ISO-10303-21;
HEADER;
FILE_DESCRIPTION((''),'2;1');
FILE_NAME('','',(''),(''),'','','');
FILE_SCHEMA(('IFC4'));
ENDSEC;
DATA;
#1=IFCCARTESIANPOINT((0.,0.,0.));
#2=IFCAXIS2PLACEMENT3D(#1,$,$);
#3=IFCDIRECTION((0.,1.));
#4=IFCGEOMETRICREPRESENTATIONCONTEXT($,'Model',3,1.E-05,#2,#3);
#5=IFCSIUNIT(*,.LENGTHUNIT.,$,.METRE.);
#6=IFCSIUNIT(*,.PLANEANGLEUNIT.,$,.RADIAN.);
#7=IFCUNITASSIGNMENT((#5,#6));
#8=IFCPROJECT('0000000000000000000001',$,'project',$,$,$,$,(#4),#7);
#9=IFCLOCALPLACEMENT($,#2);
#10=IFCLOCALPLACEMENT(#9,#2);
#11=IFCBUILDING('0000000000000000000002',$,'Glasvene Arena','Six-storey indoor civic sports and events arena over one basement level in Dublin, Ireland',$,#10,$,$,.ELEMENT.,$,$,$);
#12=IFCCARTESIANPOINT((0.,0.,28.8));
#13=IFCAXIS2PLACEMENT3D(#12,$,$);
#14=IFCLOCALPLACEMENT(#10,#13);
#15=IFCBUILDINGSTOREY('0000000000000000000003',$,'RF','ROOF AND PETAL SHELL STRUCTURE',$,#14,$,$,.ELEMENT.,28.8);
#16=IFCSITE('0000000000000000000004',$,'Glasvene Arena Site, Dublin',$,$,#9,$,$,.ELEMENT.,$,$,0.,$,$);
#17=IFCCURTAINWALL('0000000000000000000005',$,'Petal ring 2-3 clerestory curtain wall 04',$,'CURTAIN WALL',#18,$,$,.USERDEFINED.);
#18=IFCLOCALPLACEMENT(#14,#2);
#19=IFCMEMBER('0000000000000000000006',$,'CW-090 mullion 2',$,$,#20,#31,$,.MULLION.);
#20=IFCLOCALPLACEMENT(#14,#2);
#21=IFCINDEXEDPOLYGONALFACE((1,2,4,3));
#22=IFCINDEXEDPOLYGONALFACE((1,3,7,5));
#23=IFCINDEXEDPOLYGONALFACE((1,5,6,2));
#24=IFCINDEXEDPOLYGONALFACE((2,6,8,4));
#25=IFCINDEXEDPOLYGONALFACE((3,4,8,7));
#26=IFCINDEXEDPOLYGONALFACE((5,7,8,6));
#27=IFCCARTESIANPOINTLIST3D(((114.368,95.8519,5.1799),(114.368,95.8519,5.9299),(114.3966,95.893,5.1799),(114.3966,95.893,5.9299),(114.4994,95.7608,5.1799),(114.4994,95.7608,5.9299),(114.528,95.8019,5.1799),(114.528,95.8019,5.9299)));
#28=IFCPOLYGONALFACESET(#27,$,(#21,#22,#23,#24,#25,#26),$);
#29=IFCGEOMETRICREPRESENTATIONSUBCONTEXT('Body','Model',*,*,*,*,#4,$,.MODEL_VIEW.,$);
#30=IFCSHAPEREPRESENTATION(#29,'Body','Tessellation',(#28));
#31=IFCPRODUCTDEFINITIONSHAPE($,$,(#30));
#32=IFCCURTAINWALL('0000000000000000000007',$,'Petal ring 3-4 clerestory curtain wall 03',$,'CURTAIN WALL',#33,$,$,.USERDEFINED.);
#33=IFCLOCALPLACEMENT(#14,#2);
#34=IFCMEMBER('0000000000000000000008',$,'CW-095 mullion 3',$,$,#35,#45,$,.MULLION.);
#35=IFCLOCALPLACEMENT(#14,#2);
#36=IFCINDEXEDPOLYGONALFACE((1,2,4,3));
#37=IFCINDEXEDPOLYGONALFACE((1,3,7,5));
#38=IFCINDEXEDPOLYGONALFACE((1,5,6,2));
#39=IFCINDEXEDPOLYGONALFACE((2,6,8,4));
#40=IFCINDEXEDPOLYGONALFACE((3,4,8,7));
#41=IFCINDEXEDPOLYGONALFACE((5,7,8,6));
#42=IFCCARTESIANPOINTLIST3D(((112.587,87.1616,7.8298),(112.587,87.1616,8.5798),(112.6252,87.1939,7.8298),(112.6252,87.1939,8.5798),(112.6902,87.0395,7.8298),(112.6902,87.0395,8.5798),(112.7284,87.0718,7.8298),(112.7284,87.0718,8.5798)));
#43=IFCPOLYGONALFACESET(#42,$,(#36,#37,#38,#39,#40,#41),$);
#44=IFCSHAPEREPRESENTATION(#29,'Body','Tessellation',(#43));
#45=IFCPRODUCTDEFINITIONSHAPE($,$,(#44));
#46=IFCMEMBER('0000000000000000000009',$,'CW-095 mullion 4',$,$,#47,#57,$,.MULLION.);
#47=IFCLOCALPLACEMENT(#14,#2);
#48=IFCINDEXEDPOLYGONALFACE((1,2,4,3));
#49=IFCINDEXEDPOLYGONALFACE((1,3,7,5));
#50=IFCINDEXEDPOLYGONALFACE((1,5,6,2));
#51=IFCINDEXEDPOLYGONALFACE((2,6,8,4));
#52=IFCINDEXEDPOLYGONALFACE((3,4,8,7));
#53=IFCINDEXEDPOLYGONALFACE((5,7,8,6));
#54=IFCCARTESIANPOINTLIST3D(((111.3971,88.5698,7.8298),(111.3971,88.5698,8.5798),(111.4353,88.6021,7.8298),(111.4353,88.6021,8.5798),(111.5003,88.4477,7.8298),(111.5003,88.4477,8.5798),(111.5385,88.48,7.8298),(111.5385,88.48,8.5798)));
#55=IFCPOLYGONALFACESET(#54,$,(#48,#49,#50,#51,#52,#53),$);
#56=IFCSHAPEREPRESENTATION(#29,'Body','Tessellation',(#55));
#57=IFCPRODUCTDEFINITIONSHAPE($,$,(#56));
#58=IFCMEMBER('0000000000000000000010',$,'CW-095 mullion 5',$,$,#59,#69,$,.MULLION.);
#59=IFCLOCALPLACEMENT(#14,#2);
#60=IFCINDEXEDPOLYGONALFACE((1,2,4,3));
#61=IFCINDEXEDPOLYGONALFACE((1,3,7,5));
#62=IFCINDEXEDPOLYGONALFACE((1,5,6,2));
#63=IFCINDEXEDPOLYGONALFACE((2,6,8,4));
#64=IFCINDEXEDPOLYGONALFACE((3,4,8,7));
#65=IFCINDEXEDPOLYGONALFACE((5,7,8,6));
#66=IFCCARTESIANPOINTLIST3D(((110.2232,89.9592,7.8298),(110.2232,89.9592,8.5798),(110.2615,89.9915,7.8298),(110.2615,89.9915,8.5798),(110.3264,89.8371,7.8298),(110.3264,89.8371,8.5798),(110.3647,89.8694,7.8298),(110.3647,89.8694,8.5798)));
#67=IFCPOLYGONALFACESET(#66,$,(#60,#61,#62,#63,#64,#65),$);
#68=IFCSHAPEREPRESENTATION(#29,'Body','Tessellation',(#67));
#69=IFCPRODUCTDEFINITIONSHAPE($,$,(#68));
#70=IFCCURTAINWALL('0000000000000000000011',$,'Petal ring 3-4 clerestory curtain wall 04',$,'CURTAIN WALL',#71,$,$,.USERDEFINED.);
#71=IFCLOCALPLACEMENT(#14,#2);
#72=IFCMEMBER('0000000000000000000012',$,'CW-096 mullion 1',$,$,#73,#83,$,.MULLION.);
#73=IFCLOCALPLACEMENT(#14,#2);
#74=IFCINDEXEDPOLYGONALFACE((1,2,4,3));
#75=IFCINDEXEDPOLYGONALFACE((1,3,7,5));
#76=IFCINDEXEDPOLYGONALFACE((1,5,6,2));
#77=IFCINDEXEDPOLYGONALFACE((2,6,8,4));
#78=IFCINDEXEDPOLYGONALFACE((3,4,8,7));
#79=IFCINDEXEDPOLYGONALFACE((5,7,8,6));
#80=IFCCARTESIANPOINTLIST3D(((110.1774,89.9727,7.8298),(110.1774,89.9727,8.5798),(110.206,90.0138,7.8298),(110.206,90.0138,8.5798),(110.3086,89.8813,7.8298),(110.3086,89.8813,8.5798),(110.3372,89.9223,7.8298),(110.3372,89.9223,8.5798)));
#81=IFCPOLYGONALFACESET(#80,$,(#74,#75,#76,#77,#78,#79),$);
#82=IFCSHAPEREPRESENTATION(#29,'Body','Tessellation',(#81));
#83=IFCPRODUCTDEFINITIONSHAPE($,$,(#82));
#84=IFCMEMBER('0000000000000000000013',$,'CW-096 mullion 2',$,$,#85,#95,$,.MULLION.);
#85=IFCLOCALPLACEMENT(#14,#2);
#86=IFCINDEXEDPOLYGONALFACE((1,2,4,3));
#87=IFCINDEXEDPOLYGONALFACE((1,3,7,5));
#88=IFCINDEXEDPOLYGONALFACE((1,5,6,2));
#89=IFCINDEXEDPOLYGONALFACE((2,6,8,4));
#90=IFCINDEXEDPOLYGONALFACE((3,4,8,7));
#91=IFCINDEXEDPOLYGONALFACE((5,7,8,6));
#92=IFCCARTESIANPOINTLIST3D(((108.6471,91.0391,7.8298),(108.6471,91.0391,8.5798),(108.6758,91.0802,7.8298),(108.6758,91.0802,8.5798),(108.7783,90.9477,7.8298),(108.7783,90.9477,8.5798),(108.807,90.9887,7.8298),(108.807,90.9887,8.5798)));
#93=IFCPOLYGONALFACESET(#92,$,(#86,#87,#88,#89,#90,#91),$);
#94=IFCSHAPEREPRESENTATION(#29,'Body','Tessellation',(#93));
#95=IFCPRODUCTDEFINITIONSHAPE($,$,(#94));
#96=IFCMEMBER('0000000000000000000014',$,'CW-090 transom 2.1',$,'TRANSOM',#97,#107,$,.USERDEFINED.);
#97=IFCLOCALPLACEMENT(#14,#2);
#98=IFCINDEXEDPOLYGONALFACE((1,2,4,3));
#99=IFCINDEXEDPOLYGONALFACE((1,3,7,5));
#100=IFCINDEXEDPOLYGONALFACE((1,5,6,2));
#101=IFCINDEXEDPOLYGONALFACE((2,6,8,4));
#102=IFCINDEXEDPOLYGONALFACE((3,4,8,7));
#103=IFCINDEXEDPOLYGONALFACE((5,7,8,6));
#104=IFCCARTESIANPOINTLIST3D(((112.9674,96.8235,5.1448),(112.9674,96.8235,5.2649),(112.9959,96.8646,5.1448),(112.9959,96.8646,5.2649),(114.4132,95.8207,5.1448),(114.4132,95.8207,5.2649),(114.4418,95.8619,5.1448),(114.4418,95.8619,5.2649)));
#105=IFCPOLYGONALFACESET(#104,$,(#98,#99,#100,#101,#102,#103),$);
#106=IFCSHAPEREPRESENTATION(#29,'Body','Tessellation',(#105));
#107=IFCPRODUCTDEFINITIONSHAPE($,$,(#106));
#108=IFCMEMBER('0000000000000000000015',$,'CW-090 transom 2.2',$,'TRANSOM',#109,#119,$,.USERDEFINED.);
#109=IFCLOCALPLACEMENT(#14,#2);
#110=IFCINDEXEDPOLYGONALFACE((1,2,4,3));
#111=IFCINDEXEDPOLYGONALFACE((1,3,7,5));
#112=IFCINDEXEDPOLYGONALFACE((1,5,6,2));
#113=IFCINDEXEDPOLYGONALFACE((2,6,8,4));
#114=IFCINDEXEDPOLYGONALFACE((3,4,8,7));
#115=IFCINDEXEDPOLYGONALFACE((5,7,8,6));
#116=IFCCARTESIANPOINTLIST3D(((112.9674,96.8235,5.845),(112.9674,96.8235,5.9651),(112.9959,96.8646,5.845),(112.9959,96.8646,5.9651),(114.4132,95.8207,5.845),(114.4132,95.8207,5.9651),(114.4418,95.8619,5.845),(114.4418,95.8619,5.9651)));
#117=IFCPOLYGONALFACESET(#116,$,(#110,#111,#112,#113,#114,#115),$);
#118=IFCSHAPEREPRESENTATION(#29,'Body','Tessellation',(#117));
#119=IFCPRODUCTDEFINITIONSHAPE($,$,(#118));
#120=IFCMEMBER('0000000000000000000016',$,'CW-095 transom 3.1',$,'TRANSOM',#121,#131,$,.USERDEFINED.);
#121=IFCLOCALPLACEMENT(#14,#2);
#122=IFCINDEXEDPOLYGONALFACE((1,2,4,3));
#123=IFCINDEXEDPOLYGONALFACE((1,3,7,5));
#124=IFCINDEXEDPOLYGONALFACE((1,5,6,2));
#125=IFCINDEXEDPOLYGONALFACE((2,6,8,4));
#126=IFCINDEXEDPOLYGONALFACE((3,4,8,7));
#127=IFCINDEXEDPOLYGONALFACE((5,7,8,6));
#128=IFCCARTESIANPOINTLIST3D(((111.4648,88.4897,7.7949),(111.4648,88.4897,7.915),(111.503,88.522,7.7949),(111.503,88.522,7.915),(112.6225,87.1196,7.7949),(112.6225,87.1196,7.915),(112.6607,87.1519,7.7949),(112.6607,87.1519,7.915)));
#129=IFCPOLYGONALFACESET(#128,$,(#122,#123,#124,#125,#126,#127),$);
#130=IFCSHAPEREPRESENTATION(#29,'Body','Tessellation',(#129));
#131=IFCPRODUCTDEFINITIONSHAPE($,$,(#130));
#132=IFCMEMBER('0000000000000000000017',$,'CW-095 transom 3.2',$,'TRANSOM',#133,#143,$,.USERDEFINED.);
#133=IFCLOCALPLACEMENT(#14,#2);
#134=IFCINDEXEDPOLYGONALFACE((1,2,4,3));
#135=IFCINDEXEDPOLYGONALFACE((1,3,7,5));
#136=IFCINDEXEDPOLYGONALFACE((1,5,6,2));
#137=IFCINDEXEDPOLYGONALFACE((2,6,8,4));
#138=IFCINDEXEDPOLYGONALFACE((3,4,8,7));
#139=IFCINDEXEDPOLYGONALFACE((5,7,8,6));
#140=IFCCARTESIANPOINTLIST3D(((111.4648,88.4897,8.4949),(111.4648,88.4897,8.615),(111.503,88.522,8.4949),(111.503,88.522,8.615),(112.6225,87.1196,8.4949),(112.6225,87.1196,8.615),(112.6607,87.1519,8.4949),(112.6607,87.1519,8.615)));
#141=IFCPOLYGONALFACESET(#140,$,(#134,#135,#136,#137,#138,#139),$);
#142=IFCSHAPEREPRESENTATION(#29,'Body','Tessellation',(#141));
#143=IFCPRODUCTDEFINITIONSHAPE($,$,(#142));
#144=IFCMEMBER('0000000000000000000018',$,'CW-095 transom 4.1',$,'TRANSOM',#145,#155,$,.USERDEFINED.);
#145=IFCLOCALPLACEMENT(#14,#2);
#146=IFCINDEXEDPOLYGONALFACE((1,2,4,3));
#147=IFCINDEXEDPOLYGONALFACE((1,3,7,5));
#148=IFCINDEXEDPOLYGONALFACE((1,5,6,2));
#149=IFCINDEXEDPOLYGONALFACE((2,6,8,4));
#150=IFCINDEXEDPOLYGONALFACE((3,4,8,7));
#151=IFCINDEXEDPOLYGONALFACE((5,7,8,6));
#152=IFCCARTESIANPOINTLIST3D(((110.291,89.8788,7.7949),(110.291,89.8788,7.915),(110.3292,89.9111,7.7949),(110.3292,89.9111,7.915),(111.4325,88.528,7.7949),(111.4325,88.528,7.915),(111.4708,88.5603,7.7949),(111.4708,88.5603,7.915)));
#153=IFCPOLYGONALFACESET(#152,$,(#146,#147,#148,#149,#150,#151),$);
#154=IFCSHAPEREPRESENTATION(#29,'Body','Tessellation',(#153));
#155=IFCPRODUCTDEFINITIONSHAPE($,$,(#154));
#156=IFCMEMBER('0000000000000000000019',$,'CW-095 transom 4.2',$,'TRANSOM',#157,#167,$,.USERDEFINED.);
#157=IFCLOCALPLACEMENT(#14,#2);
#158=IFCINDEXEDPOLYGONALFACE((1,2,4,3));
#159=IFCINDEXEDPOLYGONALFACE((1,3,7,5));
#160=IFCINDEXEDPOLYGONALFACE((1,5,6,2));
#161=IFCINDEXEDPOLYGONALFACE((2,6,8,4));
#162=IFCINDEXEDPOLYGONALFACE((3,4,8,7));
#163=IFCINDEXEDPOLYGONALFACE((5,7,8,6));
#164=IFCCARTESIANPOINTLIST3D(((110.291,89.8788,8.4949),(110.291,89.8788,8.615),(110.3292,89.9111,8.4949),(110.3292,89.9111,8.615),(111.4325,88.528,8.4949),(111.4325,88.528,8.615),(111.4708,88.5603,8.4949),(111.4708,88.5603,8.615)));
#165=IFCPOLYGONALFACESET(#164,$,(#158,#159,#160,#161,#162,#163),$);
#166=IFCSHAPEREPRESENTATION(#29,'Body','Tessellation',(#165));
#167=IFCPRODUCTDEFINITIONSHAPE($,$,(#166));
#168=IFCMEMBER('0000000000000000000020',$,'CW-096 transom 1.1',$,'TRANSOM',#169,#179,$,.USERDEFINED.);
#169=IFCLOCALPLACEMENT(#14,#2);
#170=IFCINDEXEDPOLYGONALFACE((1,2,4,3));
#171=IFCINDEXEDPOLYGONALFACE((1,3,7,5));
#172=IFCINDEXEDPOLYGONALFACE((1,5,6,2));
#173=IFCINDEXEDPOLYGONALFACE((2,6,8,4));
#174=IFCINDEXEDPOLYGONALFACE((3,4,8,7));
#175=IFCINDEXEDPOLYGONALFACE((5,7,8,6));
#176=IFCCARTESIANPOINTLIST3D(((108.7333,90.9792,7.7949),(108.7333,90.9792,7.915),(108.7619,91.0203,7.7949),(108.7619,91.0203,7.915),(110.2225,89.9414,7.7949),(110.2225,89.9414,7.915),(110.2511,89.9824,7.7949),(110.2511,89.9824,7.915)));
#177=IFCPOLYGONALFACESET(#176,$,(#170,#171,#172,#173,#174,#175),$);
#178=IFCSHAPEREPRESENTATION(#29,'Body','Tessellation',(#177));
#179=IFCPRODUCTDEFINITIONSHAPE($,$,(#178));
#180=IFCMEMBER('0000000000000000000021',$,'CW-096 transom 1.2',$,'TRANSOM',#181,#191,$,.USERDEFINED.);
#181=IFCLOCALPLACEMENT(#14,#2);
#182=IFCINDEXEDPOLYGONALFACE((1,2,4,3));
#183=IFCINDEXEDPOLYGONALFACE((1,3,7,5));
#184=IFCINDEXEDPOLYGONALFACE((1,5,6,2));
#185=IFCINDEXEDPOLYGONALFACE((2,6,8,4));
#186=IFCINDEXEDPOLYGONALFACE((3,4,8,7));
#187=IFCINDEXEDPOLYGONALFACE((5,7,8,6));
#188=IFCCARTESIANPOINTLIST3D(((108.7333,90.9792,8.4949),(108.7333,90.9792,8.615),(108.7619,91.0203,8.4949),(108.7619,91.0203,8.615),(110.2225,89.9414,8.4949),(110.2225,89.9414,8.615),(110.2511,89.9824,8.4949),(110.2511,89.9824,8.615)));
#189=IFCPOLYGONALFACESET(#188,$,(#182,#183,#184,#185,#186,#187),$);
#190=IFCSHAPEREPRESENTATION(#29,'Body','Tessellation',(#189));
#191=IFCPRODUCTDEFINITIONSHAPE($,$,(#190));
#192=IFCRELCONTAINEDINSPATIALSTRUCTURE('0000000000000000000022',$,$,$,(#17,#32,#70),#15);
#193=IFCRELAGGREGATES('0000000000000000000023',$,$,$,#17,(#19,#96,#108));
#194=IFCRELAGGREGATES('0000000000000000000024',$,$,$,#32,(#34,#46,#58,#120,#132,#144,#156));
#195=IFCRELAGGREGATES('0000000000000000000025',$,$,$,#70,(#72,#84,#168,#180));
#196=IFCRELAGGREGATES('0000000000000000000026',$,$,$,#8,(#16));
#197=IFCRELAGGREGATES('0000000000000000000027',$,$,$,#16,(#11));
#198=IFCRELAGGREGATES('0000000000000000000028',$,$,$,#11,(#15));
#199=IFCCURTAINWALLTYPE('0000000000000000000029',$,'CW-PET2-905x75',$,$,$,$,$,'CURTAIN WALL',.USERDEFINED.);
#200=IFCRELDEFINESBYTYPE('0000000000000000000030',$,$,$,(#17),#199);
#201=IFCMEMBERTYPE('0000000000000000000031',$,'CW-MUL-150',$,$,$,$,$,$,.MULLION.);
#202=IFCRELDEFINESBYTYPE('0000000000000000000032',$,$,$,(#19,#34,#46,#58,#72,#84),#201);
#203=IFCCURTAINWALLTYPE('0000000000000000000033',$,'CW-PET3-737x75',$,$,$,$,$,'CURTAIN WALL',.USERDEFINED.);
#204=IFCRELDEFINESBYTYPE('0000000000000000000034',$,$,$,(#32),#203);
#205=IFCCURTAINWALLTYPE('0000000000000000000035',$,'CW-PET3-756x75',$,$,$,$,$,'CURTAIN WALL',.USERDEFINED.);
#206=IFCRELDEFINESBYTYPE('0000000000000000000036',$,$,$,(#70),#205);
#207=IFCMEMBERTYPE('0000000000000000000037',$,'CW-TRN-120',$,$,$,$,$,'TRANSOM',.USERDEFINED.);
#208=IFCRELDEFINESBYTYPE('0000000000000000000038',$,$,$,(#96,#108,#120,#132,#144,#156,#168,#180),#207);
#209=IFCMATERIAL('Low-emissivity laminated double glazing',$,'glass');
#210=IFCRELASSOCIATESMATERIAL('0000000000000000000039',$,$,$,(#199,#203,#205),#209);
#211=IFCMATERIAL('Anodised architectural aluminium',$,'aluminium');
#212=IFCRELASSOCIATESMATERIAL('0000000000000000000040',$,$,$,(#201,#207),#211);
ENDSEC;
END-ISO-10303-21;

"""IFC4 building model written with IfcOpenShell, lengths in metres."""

from ifc_helpers import new_model, si_unit, direction, frame, origin, origin_2d, place, context, subcontext, project, spatial, rectangle, extrude, material, material_profile, profile_set, type_object, element, aggregate, save


model = new_model("IFC4")

# Units and contexts
model_context = context("Model", 3, precision=1e-05, world=origin(), true_north=direction((0.0, 1.0)))
body_context = subcontext(model_context, "Body", "Model", "MODEL_VIEW")
ifc_project = project(units=[si_unit("LENGTHUNIT", "METRE"), si_unit("PLANEANGLEUNIT", "RADIAN")], contexts=[model_context])

# Site, building, storey
site_placement = place(None, origin())
site = spatial("IfcSite", under=ifc_project, at=site_placement, Name="Glasvene Arena Site, Dublin", CompositionType="ELEMENT", RefElevation=0.0)
building_placement = place(site_placement, origin())
building = spatial("IfcBuilding", under=site, at=building_placement, Name="Glasvene Arena", Description="Six-storey indoor civic sports and events arena over one basement level in Dublin, Ireland", CompositionType="ELEMENT")
storey_placement = place(building_placement, frame((0.0, 0.0, 28.8)))
storey = spatial("IfcBuildingStorey", under=building, at=storey_placement, Name="RF", Description="ROOF AND PETAL SHELL STRUCTURE", CompositionType="ELEMENT", Elevation=28.8)

# Curtain wall, member
ifc_material_1 = material(Name="Low-emissivity laminated double glazing", Category="glass")
curtain_wall_type_1 = type_object("IfcCurtainWallType", Name="CW-PET2-905x75", ElementType="CURTAIN WALL", PredefinedType="USERDEFINED", material=ifc_material_1)
curtain_wall_1_placement = place(storey_placement, frame((115.9351, 94.7957, 0.0)))
curtain_wall_1 = element("IfcCurtainWall", 1, at=curtain_wall_1_placement, inside=storey, type_object=curtain_wall_type_1, Name="Petal ring 2-3 clerestory curtain wall 04", ObjectType="CURTAIN WALL", PredefinedType="USERDEFINED")
ifc_material_2 = material(Name="Anodised architectural aluminium", Category="aluminium")
ifc_material_profile_1 = material_profile(ifc_material_2, rectangle(XDim=0.05, YDim=0.1599, at=origin_2d()), Name="ALU MULLION 50x160")
ifc_profile_set_1 = profile_set([ifc_material_profile_1], Name="Anodised architectural aluminium")
member_type_1 = type_object("IfcMemberType", Name="CW-MUL-150", PredefinedType="MULLION", material=ifc_profile_set_1)
member_1_placement = place(storey_placement, frame((114.448, 95.8269, 5.1799), z_axis=(0.0, 0.0, 1.0), x_axis=(-0.569921, -0.821699, 0.0)))
member_1 = element("IfcMember", 2, at=member_1_placement, type_object=member_type_1, Name="CW-090 mullion 2", PredefinedType="MULLION", context=body_context, shape_type="SweptSolid", body=[
    extrude(rectangle(XDim=0.05, YDim=0.1599, at=origin_2d()), origin(), (0.0, 0.0, 1.0), 0.75),
])

# Curtain walls, members
curtain_wall_type_2 = type_object("IfcCurtainWallType", Name="CW-PET3-737x75", ElementType="CURTAIN WALL", PredefinedType="USERDEFINED", material=ifc_material_1)
curtain_wall_2_placement = place(storey_placement, frame((115.0376, 84.3, 0.0)))
curtain_wall_2 = element("IfcCurtainWall", 3, at=curtain_wall_2_placement, inside=storey, type_object=curtain_wall_type_2, Name="Petal ring 3-4 clerestory curtain wall 03", ObjectType="CURTAIN WALL", PredefinedType="USERDEFINED")
member_2_placement = place(storey_placement, frame((112.6577, 87.1167, 7.8298), z_axis=(0.0, 0.0, 1.0), x_axis=(-0.76385, -0.645394, 0.0)))
member_2 = element("IfcMember", 4, at=member_2_placement, type_object=member_type_1, Name="CW-095 mullion 3", PredefinedType="MULLION", context=body_context, shape_type="SweptSolid", body=[
    extrude(rectangle(XDim=0.05, YDim=0.1599, at=origin_2d()), origin(), (0.0, 0.0, 1.0), 0.75),
])
member_3_placement = place(storey_placement, frame((111.4678, 88.5249, 7.8298), z_axis=(0.0, 0.0, 1.0), x_axis=(-0.76385, -0.645394, 0.0)))
member_3 = element("IfcMember", 5, at=member_3_placement, type_object=member_type_1, Name="CW-095 mullion 4", PredefinedType="MULLION", context=body_context, shape_type="SweptSolid", body=[
    extrude(rectangle(XDim=0.05, YDim=0.1599, at=origin_2d()), origin(), (0.0, 0.0, 1.0), 0.75),
])
member_4_placement = place(storey_placement, frame((110.2939, 89.9143, 7.8298), z_axis=(0.0, 0.0, 1.0), x_axis=(-0.76385, -0.645394, 0.0)))
member_4 = element("IfcMember", 6, at=member_4_placement, type_object=member_type_1, Name="CW-095 mullion 5", PredefinedType="MULLION", context=body_context, shape_type="SweptSolid", body=[
    extrude(rectangle(XDim=0.05, YDim=0.1599, at=origin_2d()), origin(), (0.0, 0.0, 1.0), 0.75),
])
curtain_wall_type_3 = type_object("IfcCurtainWallType", Name="CW-PET3-756x75", ElementType="CURTAIN WALL", PredefinedType="USERDEFINED", material=ifc_material_1)
curtain_wall_3_placement = place(storey_placement, frame((110.2778, 89.9333, 0.0)))
curtain_wall_3 = element("IfcCurtainWall", 7, at=curtain_wall_3_placement, inside=storey, type_object=curtain_wall_type_3, Name="Petal ring 3-4 clerestory curtain wall 04", ObjectType="CURTAIN WALL", PredefinedType="USERDEFINED")
member_5_placement = place(storey_placement, frame((110.2573, 89.9475, 7.8298), z_axis=(0.0, 0.0, 1.0), x_axis=(-0.571742, -0.820433, 0.0)))
member_5 = element("IfcMember", 8, at=member_5_placement, type_object=member_type_1, Name="CW-096 mullion 1", PredefinedType="MULLION", context=body_context, shape_type="SweptSolid", body=[
    extrude(rectangle(XDim=0.05, YDim=0.1599, at=origin_2d()), origin(), (0.0, 0.0, 1.0), 0.75),
])
member_6_placement = place(storey_placement, frame((108.7271, 91.0139, 7.8298), z_axis=(0.0, 0.0, 1.0), x_axis=(-0.571742, -0.820433, 0.0)))
member_6 = element("IfcMember", 9, at=member_6_placement, type_object=member_type_1, Name="CW-096 mullion 2", PredefinedType="MULLION", context=body_context, shape_type="SweptSolid", body=[
    extrude(rectangle(XDim=0.05, YDim=0.1599, at=origin_2d()), origin(), (0.0, 0.0, 1.0), 0.75),
])

# Members
ifc_material_profile_2 = material_profile(ifc_material_2, rectangle(XDim=0.05, YDim=0.1201, at=origin_2d()), Name="ALU TRANSOM 50x120")
ifc_profile_set_2 = profile_set([ifc_material_profile_2], Name="Anodised architectural aluminium")
member_type_2 = type_object("IfcMemberType", Name="CW-TRN-120", ElementType="TRANSOM", PredefinedType="USERDEFINED", material=ifc_profile_set_2)
member_7_placement = place(storey_placement, frame((114.4275, 95.8413, 5.2048), z_axis=(-0.821727, 0.569881, 0.0), x_axis=(-0.569881, -0.821727, 0.0)))
member_7 = element("IfcMember", 10, at=member_7_placement, type_object=member_type_2, Name="CW-090 transom 2.1", ObjectType="TRANSOM", PredefinedType="USERDEFINED", context=body_context, shape_type="SweptSolid", body=[
    extrude(rectangle(XDim=0.05, YDim=0.1201, at=origin_2d()), origin(), (0.0, 0.0, 1.0), 1.7595),
])
member_8_placement = place(storey_placement, frame((114.4275, 95.8413, 5.905), z_axis=(-0.821727, 0.569881, 0.0), x_axis=(-0.569881, -0.821727, 0.0)))
member_8 = element("IfcMember", 11, at=member_8_placement, type_object=member_type_2, Name="CW-090 transom 2.2", ObjectType="TRANSOM", PredefinedType="USERDEFINED", context=body_context, shape_type="SweptSolid", body=[
    extrude(rectangle(XDim=0.05, YDim=0.1201, at=origin_2d()), origin(), (0.0, 0.0, 1.0), 1.7595),
])
member_9_placement = place(storey_placement, frame((112.6416, 87.1357, 7.855), z_axis=(-0.645417, 0.76383, 0.0), x_axis=(-0.76383, -0.645417, 0.0)))
member_9 = element("IfcMember", 12, at=member_9_placement, type_object=member_type_2, Name="CW-095 transom 3.1", ObjectType="TRANSOM", PredefinedType="USERDEFINED", context=body_context, shape_type="SweptSolid", body=[
    extrude(rectangle(XDim=0.05, YDim=0.1201, at=origin_2d()), origin(), (0.0, 0.0, 1.0), 1.7937),
])
member_10_placement = place(storey_placement, frame((112.6416, 87.1357, 8.5549), z_axis=(-0.645417, 0.76383, 0.0), x_axis=(-0.76383, -0.645417, 0.0)))
member_10 = element("IfcMember", 13, at=member_10_placement, type_object=member_type_2, Name="CW-095 transom 3.2", ObjectType="TRANSOM", PredefinedType="USERDEFINED", context=body_context, shape_type="SweptSolid", body=[
    extrude(rectangle(XDim=0.05, YDim=0.1201, at=origin_2d()), origin(), (0.0, 0.0, 1.0), 1.7937),
])
member_11_placement = place(storey_placement, frame((111.4517, 88.5442, 7.855), z_axis=(-0.645478, 0.763779, 0.0), x_axis=(-0.763779, -0.645478, 0.0)))
member_11 = element("IfcMember", 14, at=member_11_placement, type_object=member_type_2, Name="CW-095 transom 4.1", ObjectType="TRANSOM", PredefinedType="USERDEFINED", context=body_context, shape_type="SweptSolid", body=[
    extrude(rectangle(XDim=0.05, YDim=0.1201, at=origin_2d()), origin(), (0.0, 0.0, 1.0), 1.7686),
])
member_12_placement = place(storey_placement, frame((111.4517, 88.5442, 8.5549), z_axis=(-0.645478, 0.763779, 0.0), x_axis=(-0.763779, -0.645478, 0.0)))
member_12 = element("IfcMember", 15, at=member_12_placement, type_object=member_type_2, Name="CW-095 transom 4.2", ObjectType="TRANSOM", PredefinedType="USERDEFINED", context=body_context, shape_type="SweptSolid", body=[
    extrude(rectangle(XDim=0.05, YDim=0.1201, at=origin_2d()), origin(), (0.0, 0.0, 1.0), 1.7686),
])
member_13_placement = place(storey_placement, frame((110.2368, 89.9619, 7.855), z_axis=(-0.820431, 0.571746, 0.0), x_axis=(-0.571746, -0.820431, 0.0)))
member_13 = element("IfcMember", 16, at=member_13_placement, type_object=member_type_2, Name="CW-096 transom 1.1", ObjectType="TRANSOM", PredefinedType="USERDEFINED", context=body_context, shape_type="SweptSolid", body=[
    extrude(rectangle(XDim=0.05, YDim=0.1201, at=origin_2d()), origin(), (0.0, 0.0, 1.0), 1.8152),
])
member_14_placement = place(storey_placement, frame((110.2368, 89.9619, 8.5549), z_axis=(-0.820431, 0.571746, 0.0), x_axis=(-0.571746, -0.820431, 0.0)))
member_14 = element("IfcMember", 17, at=member_14_placement, type_object=member_type_2, Name="CW-096 transom 1.2", ObjectType="TRANSOM", PredefinedType="USERDEFINED", context=body_context, shape_type="SweptSolid", body=[
    extrude(rectangle(XDim=0.05, YDim=0.1201, at=origin_2d()), origin(), (0.0, 0.0, 1.0), 1.8152),
])

aggregate(curtain_wall_1, [member_1, member_7, member_8])
aggregate(curtain_wall_2, [member_2, member_3, member_4, member_9, member_10, member_11, member_12])
aggregate(curtain_wall_3, [member_5, member_6, member_13, member_14])

save(model, "model.ifc")
